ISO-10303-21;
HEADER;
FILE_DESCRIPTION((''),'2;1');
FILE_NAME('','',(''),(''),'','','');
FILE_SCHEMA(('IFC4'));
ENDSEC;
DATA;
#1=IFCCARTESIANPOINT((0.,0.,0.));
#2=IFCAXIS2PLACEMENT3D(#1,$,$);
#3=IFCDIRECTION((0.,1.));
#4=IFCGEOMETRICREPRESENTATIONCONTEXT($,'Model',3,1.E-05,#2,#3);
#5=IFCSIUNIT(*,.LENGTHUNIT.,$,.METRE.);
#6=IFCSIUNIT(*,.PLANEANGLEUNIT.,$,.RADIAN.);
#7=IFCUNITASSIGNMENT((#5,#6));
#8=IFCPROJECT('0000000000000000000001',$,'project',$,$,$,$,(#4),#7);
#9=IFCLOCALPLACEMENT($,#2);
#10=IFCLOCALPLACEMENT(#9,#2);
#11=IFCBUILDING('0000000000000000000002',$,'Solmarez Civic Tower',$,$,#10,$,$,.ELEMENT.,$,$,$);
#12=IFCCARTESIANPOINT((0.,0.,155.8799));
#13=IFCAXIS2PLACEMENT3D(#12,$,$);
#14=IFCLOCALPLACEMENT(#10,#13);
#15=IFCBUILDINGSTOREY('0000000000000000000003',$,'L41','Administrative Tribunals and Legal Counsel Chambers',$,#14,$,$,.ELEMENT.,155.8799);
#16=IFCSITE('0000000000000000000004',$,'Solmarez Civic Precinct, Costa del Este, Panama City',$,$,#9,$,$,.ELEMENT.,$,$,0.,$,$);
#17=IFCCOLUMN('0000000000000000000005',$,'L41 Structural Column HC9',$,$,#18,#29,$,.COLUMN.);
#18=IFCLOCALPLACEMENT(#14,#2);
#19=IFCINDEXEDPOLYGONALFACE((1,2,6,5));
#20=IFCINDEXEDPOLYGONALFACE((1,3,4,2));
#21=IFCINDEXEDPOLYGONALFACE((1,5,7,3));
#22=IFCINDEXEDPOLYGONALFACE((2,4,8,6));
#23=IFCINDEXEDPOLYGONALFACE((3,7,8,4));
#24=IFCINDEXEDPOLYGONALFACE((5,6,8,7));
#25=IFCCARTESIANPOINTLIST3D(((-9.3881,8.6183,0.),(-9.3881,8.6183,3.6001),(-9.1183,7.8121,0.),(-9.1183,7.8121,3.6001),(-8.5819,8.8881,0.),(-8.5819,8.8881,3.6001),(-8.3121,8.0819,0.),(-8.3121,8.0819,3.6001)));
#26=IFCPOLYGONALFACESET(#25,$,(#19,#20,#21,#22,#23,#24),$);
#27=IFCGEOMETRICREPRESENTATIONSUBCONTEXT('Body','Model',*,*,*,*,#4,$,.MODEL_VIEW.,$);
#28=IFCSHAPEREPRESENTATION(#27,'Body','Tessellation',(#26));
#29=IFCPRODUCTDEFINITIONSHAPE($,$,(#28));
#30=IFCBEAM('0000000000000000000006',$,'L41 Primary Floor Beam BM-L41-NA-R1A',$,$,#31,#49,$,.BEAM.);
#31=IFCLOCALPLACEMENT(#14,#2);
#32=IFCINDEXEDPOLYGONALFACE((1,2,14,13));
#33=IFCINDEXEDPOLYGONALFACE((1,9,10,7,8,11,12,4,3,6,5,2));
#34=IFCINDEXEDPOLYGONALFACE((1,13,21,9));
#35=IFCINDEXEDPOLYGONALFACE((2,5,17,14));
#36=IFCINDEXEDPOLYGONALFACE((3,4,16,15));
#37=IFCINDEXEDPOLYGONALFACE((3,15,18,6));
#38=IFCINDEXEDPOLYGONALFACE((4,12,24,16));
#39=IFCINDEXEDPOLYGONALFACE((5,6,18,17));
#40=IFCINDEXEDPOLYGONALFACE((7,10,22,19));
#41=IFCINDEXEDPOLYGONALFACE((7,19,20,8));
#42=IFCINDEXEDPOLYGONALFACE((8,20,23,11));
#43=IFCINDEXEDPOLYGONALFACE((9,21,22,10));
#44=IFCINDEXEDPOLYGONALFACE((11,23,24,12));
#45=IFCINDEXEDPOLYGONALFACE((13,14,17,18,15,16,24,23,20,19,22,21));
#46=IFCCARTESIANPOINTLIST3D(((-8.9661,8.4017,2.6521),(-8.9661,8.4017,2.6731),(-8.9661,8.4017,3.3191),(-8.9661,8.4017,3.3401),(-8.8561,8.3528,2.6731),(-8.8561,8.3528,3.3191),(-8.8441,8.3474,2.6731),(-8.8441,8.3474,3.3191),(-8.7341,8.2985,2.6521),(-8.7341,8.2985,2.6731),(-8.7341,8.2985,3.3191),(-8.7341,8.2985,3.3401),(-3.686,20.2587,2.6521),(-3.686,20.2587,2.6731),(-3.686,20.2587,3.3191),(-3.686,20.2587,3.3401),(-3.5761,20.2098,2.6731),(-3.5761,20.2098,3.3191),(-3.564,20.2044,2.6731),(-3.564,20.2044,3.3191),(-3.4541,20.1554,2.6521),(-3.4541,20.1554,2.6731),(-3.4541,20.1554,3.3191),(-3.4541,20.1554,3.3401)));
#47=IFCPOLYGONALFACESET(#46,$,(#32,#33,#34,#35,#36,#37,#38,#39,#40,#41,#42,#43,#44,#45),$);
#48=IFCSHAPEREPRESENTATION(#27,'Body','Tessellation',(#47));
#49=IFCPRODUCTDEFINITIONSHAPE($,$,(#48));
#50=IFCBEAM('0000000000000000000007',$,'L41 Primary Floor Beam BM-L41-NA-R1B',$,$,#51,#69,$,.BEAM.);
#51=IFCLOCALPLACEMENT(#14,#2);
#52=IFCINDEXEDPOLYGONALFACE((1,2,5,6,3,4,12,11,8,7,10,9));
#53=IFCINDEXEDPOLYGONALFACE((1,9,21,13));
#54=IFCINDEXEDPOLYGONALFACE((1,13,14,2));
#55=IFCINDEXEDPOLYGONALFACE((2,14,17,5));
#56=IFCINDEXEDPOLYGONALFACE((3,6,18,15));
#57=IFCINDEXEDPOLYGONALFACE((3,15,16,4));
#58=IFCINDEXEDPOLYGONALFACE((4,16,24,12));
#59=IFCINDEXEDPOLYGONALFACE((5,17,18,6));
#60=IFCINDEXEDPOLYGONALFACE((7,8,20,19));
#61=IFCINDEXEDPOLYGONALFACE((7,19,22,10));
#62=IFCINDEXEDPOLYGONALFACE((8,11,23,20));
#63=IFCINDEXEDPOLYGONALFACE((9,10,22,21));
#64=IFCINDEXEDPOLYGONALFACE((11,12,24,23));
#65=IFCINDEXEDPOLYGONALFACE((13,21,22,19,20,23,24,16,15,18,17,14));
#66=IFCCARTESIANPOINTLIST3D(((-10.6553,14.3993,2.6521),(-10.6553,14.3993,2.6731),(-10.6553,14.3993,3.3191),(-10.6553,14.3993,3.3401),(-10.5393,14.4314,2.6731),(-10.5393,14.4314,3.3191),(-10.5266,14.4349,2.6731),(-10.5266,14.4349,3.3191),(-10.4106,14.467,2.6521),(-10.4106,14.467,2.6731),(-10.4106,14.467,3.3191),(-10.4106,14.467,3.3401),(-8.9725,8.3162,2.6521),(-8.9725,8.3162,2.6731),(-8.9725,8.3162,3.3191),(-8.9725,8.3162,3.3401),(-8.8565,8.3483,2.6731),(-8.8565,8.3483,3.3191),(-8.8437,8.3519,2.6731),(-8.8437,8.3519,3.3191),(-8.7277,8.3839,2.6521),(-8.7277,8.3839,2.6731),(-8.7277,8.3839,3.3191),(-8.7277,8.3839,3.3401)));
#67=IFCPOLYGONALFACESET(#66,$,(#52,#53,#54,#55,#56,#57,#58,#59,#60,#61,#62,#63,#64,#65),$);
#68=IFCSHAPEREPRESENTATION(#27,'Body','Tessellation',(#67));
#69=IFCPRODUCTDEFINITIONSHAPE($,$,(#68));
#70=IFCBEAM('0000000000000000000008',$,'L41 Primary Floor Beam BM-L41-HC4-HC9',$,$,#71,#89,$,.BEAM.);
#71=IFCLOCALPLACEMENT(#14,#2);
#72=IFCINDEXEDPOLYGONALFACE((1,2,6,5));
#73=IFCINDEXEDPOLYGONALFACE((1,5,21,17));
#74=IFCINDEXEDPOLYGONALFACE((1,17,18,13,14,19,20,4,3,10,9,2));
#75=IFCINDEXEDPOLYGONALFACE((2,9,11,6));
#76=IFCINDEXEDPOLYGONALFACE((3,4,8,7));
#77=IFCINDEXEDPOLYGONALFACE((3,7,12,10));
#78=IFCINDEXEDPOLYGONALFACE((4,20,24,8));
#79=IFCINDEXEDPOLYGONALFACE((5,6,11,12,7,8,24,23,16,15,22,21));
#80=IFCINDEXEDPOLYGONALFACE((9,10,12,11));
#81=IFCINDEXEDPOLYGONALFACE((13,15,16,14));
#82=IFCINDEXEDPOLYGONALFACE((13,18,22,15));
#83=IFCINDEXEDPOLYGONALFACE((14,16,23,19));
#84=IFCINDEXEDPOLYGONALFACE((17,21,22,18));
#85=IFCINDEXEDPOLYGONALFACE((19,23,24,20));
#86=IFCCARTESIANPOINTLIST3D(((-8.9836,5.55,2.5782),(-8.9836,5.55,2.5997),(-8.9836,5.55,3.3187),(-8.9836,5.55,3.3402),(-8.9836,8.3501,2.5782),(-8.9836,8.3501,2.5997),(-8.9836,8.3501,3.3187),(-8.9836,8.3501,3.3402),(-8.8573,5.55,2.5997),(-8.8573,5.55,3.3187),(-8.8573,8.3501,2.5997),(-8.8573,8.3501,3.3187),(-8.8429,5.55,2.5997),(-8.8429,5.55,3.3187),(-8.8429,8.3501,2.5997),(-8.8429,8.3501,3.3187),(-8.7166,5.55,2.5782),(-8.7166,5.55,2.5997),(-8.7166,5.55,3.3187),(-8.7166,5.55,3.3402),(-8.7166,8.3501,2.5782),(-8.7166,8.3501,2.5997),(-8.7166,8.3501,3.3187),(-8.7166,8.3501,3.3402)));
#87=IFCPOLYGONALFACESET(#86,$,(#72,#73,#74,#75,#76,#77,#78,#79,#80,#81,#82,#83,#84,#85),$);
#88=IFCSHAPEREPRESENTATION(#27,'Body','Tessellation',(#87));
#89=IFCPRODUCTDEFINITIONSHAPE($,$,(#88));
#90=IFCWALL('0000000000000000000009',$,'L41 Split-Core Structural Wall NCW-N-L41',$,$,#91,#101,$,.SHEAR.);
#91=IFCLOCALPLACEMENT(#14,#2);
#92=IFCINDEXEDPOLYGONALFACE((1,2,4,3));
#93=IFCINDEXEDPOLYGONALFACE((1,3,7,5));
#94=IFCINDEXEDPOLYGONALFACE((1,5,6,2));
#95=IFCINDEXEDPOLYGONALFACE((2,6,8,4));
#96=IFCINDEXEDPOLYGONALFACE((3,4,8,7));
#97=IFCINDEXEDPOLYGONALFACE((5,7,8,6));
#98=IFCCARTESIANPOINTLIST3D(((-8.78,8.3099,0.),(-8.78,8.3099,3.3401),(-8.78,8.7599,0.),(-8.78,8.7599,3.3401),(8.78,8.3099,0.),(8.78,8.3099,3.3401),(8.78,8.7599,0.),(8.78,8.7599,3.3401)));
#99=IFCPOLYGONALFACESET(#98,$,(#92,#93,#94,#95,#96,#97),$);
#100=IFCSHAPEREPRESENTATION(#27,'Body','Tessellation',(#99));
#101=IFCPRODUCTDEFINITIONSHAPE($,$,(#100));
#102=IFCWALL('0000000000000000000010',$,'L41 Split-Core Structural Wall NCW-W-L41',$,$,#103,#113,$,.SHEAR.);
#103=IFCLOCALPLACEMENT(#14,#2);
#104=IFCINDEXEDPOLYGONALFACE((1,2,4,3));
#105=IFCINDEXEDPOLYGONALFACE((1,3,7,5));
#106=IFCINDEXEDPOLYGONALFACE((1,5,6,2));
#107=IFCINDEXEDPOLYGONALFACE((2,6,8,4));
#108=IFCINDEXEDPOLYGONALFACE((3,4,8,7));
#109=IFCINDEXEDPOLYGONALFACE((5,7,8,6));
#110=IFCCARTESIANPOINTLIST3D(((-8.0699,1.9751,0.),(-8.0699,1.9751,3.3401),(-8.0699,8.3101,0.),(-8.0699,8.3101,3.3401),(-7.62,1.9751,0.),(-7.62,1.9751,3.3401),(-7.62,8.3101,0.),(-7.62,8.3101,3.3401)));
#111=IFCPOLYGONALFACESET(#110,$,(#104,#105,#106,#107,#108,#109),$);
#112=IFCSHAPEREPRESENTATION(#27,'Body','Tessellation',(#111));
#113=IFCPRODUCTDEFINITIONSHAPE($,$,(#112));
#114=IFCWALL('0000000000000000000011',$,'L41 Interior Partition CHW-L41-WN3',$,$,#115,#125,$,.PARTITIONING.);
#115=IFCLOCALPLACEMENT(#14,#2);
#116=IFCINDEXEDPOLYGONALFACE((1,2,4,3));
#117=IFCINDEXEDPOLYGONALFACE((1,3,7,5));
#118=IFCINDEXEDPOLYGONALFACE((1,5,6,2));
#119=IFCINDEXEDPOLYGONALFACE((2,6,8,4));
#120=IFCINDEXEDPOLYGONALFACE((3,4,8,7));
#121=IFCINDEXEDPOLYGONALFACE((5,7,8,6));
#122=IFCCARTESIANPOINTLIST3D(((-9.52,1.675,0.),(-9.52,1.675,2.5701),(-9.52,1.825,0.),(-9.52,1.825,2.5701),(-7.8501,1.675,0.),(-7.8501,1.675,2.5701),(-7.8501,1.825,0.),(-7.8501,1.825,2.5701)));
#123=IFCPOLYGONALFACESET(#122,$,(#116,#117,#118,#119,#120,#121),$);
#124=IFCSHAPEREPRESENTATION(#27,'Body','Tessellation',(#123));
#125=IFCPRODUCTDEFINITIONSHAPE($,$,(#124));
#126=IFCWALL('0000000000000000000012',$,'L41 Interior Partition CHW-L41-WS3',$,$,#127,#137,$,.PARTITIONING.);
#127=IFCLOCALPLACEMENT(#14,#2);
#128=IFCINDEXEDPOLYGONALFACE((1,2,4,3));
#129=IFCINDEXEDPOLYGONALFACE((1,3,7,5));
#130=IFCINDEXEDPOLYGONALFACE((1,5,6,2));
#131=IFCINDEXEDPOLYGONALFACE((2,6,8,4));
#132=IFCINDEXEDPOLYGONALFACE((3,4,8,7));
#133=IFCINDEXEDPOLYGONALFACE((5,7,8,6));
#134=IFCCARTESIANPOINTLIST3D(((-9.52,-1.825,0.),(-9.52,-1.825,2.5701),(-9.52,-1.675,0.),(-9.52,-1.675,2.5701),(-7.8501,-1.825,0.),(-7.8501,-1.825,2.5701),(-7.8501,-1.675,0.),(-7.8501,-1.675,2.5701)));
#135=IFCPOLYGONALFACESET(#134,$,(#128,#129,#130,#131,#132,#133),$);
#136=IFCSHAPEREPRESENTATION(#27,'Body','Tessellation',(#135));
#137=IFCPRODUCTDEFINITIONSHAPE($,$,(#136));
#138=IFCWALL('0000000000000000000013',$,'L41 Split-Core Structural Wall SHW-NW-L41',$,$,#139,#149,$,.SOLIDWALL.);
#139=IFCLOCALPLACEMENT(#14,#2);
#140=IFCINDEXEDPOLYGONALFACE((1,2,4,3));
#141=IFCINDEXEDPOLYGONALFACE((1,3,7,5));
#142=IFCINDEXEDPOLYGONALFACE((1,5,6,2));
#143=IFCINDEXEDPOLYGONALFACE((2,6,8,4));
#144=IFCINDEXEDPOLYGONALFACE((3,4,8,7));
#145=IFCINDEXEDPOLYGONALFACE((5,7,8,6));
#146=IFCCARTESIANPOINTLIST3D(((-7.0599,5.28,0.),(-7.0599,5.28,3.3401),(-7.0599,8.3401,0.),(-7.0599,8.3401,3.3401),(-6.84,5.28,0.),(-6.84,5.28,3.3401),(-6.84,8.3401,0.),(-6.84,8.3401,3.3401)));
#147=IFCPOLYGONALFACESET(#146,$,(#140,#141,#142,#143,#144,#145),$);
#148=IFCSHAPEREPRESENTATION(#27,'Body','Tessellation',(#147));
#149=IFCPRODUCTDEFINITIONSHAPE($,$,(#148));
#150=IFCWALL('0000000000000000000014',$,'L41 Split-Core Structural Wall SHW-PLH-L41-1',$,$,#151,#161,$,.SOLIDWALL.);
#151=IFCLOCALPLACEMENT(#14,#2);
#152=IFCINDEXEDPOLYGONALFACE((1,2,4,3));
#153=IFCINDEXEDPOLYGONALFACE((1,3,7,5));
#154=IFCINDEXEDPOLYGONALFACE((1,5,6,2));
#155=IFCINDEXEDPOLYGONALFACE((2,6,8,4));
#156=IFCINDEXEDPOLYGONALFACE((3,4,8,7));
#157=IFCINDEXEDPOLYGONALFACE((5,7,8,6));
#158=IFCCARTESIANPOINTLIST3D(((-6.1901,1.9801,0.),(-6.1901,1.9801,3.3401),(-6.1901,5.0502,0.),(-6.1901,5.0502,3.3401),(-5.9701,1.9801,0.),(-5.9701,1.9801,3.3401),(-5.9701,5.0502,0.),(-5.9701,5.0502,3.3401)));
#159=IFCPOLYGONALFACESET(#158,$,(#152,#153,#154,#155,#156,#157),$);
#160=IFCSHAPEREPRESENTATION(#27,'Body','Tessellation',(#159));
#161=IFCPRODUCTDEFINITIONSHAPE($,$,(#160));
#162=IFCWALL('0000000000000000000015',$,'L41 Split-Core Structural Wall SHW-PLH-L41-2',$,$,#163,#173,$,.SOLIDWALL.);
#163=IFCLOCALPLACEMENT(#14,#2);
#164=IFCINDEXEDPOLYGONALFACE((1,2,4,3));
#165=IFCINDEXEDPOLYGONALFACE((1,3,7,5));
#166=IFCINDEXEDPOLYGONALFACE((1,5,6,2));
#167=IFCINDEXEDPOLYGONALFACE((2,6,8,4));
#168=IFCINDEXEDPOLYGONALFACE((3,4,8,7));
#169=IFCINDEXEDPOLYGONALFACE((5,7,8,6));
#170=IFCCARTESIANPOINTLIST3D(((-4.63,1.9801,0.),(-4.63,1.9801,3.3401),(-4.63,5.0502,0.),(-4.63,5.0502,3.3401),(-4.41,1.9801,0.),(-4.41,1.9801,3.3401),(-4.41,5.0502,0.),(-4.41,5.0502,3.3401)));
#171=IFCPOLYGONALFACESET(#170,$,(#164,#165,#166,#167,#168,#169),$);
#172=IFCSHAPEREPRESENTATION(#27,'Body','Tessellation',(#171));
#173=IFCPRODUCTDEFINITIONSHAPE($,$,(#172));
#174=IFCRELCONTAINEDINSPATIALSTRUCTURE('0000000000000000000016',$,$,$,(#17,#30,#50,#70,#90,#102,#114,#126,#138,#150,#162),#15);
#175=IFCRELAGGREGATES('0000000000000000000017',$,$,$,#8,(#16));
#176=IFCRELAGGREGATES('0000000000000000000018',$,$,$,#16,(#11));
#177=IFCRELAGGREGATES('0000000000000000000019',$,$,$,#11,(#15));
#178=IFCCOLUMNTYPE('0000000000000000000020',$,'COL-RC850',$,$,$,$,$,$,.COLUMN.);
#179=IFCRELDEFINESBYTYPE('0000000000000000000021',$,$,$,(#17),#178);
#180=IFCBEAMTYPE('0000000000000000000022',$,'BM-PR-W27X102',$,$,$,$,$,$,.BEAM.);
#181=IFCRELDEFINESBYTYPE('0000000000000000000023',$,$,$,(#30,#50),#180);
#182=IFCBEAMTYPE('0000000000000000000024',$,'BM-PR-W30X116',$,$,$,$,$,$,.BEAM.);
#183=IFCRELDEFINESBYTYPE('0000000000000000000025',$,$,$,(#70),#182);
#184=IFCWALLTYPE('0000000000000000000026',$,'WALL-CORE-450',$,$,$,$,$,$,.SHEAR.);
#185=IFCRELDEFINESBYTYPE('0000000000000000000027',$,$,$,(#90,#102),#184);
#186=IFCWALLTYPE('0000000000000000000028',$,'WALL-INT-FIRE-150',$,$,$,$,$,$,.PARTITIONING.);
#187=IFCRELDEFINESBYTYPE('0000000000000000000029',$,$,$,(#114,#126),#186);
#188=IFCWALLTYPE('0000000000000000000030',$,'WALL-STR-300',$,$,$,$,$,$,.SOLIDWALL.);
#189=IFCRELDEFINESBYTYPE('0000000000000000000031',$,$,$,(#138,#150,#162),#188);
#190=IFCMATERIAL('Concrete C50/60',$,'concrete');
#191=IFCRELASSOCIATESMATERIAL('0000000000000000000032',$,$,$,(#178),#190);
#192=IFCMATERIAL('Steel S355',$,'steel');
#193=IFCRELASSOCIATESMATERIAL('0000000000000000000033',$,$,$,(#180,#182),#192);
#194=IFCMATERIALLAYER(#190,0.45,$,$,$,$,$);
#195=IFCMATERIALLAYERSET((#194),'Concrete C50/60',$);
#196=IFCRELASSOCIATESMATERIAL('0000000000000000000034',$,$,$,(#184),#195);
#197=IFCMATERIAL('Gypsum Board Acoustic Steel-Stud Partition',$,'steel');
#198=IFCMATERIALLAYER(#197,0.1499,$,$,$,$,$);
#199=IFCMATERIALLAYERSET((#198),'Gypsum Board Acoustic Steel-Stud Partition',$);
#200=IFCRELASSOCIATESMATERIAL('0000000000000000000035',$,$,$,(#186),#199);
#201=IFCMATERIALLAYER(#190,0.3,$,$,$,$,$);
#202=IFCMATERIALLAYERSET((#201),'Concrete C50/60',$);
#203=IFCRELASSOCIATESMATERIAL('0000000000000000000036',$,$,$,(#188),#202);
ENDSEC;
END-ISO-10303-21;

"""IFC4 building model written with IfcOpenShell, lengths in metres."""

from ifc_helpers import new_model, si_unit, direction, frame, frame_2d, origin, origin_2d, place, context, subcontext, project, spatial, rectangle, i_section, extrude, material, layer, layer_set, material_profile, profile_set, type_object, element, save


model = new_model("IFC4")

# Units and contexts
model_context = context("Model", 3, precision=1e-05, world=origin(), true_north=direction((0.0, 1.0)))
body_context = subcontext(model_context, "Body", "Model", "MODEL_VIEW")
ifc_project = project(units=[si_unit("LENGTHUNIT", "METRE"), si_unit("PLANEANGLEUNIT", "RADIAN")], contexts=[model_context])

# Site, building, storey
site_placement = place(None, origin())
site = spatial("IfcSite", under=ifc_project, at=site_placement, Name="Solmarez Civic Precinct, Costa del Este, Panama City", CompositionType="ELEMENT", RefElevation=0.0)
building_placement = place(site_placement, origin())
building = spatial("IfcBuilding", under=site, at=building_placement, Name="Solmarez Civic Tower", CompositionType="ELEMENT")
storey_placement = place(building_placement, frame((0.0, 0.0, 155.8799)))
storey = spatial("IfcBuildingStorey", under=building, at=storey_placement, Name="L41", Description="Administrative Tribunals and Legal Counsel Chambers", CompositionType="ELEMENT", Elevation=155.8799)

# Column
ifc_material_1 = material(Name="Concrete C50/60", Category="concrete")
ifc_material_profile_1 = material_profile(ifc_material_1, rectangle(XDim=0.8501, YDim=0.8501, at=origin_2d()), Name="RC850X850")
ifc_profile_set_1 = profile_set([ifc_material_profile_1], Name="Concrete C50/60")
column_type = type_object("IfcColumnType", Name="COL-RC850", PredefinedType="COLUMN", material=ifc_profile_set_1)
column_placement = place(storey_placement, frame((-8.8501, 8.3501, 0.0), z_axis=(0.0, 0.0, 1.0), x_axis=(0.948324, 0.317305, 0.0)))
element("IfcColumn", 1, at=column_placement, inside=storey, type_object=column_type, Name="L41 Structural Column HC9", PredefinedType="COLUMN", context=body_context, shape_type="SweptSolid", body=[
    extrude(rectangle(XDim=0.8501, YDim=0.8501, at=origin_2d()), origin(), (0.0, 0.0, 1.0), 3.6001),
])

# Beams
ifc_material_2 = material(Name="Steel S355", Category="steel")
ifc_material_profile_2 = material_profile(ifc_material_2, i_section(OverallWidth=0.2539, OverallDepth=0.688, WebThickness=0.0132, FlangeThickness=0.021, at=origin_2d()), Name="W27X102")
ifc_profile_set_2 = profile_set([ifc_material_profile_2], Name="Steel S355")
beam_type_1 = type_object("IfcBeamType", Name="BM-PR-W27X102", PredefinedType="BEAM", material=ifc_profile_set_2)
beam_1_placement = place(storey_placement, frame((-8.8501, 8.3501, 2.9961), z_axis=(0.4068, 0.913517, 0.0), x_axis=(-0.913517, 0.4068, 0.0)))
element("IfcBeam", 2, at=beam_1_placement, inside=storey, type_object=beam_type_1, Name="L41 Primary Floor Beam BM-L41-NA-R1A", PredefinedType="BEAM", context=body_context, shape_type="SweptSolid", body=[
    extrude(i_section(OverallWidth=0.2539, OverallDepth=0.688, WebThickness=0.0132, FlangeThickness=0.021, at=origin_2d()), origin(), (0.0, 0.0, 1.0), 12.9795),
])
beam_2_placement = place(storey_placement, frame((-8.8501, 8.3501, 2.9961), z_axis=(-0.266634, 0.963798, 0.0), x_axis=(-0.963798, -0.266634, 0.0)))
element("IfcBeam", 3, at=beam_2_placement, inside=storey, type_object=beam_type_1, Name="L41 Primary Floor Beam BM-L41-NA-R1B", PredefinedType="BEAM", context=body_context, shape_type="SweptSolid", body=[
    extrude(i_section(OverallWidth=0.2539, OverallDepth=0.688, WebThickness=0.0132, FlangeThickness=0.021, at=origin_2d()), origin(), (0.0, 0.0, 1.0), 6.3115),
])
ifc_material_profile_3 = material_profile(ifc_material_2, i_section(OverallWidth=0.2671, OverallDepth=0.762, WebThickness=0.0144, FlangeThickness=0.0215, at=origin_2d()), Name="W30X116")
ifc_profile_set_3 = profile_set([ifc_material_profile_3], Name="Steel S355")
beam_type_2 = type_object("IfcBeamType", Name="BM-PR-W30X116", PredefinedType="BEAM", material=ifc_profile_set_3)
beam_3_placement = place(storey_placement, frame((-8.8501, 5.55, 2.9592), z_axis=(0.0, 1.0, 0.0), x_axis=(-1.0, 0.0, 0.0)))
element("IfcBeam", 4, at=beam_3_placement, inside=storey, type_object=beam_type_2, Name="L41 Primary Floor Beam BM-L41-HC4-HC9", PredefinedType="BEAM", context=body_context, shape_type="SweptSolid", body=[
    extrude(i_section(OverallWidth=0.2671, OverallDepth=0.762, WebThickness=0.0144, FlangeThickness=0.0215, at=origin_2d()), origin(), (0.0, 0.0, 1.0), 2.8),
])

# Walls
ifc_layer_1 = layer(ifc_material_1, 0.45)
ifc_layer_set_1 = layer_set([ifc_layer_1], Name="Concrete C50/60")
wall_type_1 = type_object("IfcWallType", Name="WALL-CORE-450", PredefinedType="SHEAR", material=ifc_layer_set_1)
wall_1_placement = place(storey_placement, frame((-8.78, 8.5349, 0.0), z_axis=(0.0, 0.0, 1.0), x_axis=(1.0, 0.0, 0.0)))
element("IfcWall", 5, at=wall_1_placement, inside=storey, type_object=wall_type_1, Name="L41 Split-Core Structural Wall NCW-N-L41", PredefinedType="SHEAR", context=body_context, shape_type="SweptSolid", body=[
    extrude(rectangle(XDim=17.5601, YDim=0.45, at=frame_2d((8.78, 0.0))), origin(), (0.0, 0.0, 1.0), 3.3401),
])
wall_2_placement = place(storey_placement, frame((-7.845, 1.9751, 0.0), z_axis=(0.0, 0.0, 1.0), x_axis=(0.0, 1.0, 0.0)))
element("IfcWall", 6, at=wall_2_placement, inside=storey, type_object=wall_type_1, Name="L41 Split-Core Structural Wall NCW-W-L41", PredefinedType="SHEAR", context=body_context, shape_type="SweptSolid", body=[
    extrude(rectangle(XDim=6.335, YDim=0.45, at=frame_2d((3.1675, 0.0))), origin(), (0.0, 0.0, 1.0), 3.3401),
])

# Walls
ifc_material_3 = material(Name="Gypsum Board Acoustic Steel-Stud Partition", Category="steel")
ifc_layer_2 = layer(ifc_material_3, 0.1499)
ifc_layer_set_2 = layer_set([ifc_layer_2], Name="Gypsum Board Acoustic Steel-Stud Partition")
wall_type_2 = type_object("IfcWallType", Name="WALL-INT-FIRE-150", PredefinedType="PARTITIONING", material=ifc_layer_set_2)
for number, where, z_axis, x_axis, name in (
    (7, (-7.8501, 1.75, 0.0), (0.0, 0.0, 1.0), (-1.0, 0.0, 0.0), "L41 Interior Partition CHW-L41-WN3"),
    (8, (-7.8501, -1.75, 0.0), (0.0, 0.0, 1.0), (-1.0, 0.0, 0.0), "L41 Interior Partition CHW-L41-WS3"),
):
    element("IfcWall", number, at=place(storey_placement, frame(where, z_axis=z_axis, x_axis=x_axis)), inside=storey, type_object=wall_type_2, Name=name, PredefinedType="PARTITIONING", context=body_context, shape_type="SweptSolid", body=[
        extrude(rectangle(XDim=1.6699, YDim=0.1499, at=frame_2d((0.835, 0.0))), origin(), (0.0, 0.0, 1.0), 2.5701),
    ])
ifc_layer_3 = layer(ifc_material_1, 0.3)
ifc_layer_set_3 = layer_set([ifc_layer_3], Name="Concrete C50/60")
wall_type_3 = type_object("IfcWallType", Name="WALL-STR-300", PredefinedType="SOLIDWALL", material=ifc_layer_set_3)
wall_3_placement = place(storey_placement, frame((-6.95, 5.28, 0.0), z_axis=(0.0, 0.0, 1.0), x_axis=(0.0, 1.0, 0.0)))
element("IfcWall", 9, at=wall_3_placement, inside=storey, type_object=wall_type_3, Name="L41 Split-Core Structural Wall SHW-NW-L41", PredefinedType="SOLIDWALL", context=body_context, shape_type="SweptSolid", body=[
    extrude(rectangle(XDim=3.0601, YDim=0.22, at=frame_2d((1.53, 0.0))), origin(), (0.0, 0.0, 1.0), 3.3401),
])
for number, where, z_axis, x_axis, name in (
    (10, (-6.0801, 1.98, 0.0), (0.0, 0.0, 1.0), (0.0, 1.0, 0.0), "L41 Split-Core Structural Wall SHW-PLH-L41-1"),
    (11, (-4.52, 1.98, 0.0), (0.0, 0.0, 1.0), (0.0, 1.0, 0.0), "L41 Split-Core Structural Wall SHW-PLH-L41-2"),
):
    element("IfcWall", number, at=place(storey_placement, frame(where, z_axis=z_axis, x_axis=x_axis)), inside=storey, type_object=wall_type_3, Name=name, PredefinedType="SOLIDWALL", context=body_context, shape_type="SweptSolid", body=[
        extrude(rectangle(XDim=3.0701, YDim=0.22, at=frame_2d((1.5352, 0.0))), origin(), (0.0, 0.0, 1.0), 3.3401),
    ])

save(model, "model.ifc")
